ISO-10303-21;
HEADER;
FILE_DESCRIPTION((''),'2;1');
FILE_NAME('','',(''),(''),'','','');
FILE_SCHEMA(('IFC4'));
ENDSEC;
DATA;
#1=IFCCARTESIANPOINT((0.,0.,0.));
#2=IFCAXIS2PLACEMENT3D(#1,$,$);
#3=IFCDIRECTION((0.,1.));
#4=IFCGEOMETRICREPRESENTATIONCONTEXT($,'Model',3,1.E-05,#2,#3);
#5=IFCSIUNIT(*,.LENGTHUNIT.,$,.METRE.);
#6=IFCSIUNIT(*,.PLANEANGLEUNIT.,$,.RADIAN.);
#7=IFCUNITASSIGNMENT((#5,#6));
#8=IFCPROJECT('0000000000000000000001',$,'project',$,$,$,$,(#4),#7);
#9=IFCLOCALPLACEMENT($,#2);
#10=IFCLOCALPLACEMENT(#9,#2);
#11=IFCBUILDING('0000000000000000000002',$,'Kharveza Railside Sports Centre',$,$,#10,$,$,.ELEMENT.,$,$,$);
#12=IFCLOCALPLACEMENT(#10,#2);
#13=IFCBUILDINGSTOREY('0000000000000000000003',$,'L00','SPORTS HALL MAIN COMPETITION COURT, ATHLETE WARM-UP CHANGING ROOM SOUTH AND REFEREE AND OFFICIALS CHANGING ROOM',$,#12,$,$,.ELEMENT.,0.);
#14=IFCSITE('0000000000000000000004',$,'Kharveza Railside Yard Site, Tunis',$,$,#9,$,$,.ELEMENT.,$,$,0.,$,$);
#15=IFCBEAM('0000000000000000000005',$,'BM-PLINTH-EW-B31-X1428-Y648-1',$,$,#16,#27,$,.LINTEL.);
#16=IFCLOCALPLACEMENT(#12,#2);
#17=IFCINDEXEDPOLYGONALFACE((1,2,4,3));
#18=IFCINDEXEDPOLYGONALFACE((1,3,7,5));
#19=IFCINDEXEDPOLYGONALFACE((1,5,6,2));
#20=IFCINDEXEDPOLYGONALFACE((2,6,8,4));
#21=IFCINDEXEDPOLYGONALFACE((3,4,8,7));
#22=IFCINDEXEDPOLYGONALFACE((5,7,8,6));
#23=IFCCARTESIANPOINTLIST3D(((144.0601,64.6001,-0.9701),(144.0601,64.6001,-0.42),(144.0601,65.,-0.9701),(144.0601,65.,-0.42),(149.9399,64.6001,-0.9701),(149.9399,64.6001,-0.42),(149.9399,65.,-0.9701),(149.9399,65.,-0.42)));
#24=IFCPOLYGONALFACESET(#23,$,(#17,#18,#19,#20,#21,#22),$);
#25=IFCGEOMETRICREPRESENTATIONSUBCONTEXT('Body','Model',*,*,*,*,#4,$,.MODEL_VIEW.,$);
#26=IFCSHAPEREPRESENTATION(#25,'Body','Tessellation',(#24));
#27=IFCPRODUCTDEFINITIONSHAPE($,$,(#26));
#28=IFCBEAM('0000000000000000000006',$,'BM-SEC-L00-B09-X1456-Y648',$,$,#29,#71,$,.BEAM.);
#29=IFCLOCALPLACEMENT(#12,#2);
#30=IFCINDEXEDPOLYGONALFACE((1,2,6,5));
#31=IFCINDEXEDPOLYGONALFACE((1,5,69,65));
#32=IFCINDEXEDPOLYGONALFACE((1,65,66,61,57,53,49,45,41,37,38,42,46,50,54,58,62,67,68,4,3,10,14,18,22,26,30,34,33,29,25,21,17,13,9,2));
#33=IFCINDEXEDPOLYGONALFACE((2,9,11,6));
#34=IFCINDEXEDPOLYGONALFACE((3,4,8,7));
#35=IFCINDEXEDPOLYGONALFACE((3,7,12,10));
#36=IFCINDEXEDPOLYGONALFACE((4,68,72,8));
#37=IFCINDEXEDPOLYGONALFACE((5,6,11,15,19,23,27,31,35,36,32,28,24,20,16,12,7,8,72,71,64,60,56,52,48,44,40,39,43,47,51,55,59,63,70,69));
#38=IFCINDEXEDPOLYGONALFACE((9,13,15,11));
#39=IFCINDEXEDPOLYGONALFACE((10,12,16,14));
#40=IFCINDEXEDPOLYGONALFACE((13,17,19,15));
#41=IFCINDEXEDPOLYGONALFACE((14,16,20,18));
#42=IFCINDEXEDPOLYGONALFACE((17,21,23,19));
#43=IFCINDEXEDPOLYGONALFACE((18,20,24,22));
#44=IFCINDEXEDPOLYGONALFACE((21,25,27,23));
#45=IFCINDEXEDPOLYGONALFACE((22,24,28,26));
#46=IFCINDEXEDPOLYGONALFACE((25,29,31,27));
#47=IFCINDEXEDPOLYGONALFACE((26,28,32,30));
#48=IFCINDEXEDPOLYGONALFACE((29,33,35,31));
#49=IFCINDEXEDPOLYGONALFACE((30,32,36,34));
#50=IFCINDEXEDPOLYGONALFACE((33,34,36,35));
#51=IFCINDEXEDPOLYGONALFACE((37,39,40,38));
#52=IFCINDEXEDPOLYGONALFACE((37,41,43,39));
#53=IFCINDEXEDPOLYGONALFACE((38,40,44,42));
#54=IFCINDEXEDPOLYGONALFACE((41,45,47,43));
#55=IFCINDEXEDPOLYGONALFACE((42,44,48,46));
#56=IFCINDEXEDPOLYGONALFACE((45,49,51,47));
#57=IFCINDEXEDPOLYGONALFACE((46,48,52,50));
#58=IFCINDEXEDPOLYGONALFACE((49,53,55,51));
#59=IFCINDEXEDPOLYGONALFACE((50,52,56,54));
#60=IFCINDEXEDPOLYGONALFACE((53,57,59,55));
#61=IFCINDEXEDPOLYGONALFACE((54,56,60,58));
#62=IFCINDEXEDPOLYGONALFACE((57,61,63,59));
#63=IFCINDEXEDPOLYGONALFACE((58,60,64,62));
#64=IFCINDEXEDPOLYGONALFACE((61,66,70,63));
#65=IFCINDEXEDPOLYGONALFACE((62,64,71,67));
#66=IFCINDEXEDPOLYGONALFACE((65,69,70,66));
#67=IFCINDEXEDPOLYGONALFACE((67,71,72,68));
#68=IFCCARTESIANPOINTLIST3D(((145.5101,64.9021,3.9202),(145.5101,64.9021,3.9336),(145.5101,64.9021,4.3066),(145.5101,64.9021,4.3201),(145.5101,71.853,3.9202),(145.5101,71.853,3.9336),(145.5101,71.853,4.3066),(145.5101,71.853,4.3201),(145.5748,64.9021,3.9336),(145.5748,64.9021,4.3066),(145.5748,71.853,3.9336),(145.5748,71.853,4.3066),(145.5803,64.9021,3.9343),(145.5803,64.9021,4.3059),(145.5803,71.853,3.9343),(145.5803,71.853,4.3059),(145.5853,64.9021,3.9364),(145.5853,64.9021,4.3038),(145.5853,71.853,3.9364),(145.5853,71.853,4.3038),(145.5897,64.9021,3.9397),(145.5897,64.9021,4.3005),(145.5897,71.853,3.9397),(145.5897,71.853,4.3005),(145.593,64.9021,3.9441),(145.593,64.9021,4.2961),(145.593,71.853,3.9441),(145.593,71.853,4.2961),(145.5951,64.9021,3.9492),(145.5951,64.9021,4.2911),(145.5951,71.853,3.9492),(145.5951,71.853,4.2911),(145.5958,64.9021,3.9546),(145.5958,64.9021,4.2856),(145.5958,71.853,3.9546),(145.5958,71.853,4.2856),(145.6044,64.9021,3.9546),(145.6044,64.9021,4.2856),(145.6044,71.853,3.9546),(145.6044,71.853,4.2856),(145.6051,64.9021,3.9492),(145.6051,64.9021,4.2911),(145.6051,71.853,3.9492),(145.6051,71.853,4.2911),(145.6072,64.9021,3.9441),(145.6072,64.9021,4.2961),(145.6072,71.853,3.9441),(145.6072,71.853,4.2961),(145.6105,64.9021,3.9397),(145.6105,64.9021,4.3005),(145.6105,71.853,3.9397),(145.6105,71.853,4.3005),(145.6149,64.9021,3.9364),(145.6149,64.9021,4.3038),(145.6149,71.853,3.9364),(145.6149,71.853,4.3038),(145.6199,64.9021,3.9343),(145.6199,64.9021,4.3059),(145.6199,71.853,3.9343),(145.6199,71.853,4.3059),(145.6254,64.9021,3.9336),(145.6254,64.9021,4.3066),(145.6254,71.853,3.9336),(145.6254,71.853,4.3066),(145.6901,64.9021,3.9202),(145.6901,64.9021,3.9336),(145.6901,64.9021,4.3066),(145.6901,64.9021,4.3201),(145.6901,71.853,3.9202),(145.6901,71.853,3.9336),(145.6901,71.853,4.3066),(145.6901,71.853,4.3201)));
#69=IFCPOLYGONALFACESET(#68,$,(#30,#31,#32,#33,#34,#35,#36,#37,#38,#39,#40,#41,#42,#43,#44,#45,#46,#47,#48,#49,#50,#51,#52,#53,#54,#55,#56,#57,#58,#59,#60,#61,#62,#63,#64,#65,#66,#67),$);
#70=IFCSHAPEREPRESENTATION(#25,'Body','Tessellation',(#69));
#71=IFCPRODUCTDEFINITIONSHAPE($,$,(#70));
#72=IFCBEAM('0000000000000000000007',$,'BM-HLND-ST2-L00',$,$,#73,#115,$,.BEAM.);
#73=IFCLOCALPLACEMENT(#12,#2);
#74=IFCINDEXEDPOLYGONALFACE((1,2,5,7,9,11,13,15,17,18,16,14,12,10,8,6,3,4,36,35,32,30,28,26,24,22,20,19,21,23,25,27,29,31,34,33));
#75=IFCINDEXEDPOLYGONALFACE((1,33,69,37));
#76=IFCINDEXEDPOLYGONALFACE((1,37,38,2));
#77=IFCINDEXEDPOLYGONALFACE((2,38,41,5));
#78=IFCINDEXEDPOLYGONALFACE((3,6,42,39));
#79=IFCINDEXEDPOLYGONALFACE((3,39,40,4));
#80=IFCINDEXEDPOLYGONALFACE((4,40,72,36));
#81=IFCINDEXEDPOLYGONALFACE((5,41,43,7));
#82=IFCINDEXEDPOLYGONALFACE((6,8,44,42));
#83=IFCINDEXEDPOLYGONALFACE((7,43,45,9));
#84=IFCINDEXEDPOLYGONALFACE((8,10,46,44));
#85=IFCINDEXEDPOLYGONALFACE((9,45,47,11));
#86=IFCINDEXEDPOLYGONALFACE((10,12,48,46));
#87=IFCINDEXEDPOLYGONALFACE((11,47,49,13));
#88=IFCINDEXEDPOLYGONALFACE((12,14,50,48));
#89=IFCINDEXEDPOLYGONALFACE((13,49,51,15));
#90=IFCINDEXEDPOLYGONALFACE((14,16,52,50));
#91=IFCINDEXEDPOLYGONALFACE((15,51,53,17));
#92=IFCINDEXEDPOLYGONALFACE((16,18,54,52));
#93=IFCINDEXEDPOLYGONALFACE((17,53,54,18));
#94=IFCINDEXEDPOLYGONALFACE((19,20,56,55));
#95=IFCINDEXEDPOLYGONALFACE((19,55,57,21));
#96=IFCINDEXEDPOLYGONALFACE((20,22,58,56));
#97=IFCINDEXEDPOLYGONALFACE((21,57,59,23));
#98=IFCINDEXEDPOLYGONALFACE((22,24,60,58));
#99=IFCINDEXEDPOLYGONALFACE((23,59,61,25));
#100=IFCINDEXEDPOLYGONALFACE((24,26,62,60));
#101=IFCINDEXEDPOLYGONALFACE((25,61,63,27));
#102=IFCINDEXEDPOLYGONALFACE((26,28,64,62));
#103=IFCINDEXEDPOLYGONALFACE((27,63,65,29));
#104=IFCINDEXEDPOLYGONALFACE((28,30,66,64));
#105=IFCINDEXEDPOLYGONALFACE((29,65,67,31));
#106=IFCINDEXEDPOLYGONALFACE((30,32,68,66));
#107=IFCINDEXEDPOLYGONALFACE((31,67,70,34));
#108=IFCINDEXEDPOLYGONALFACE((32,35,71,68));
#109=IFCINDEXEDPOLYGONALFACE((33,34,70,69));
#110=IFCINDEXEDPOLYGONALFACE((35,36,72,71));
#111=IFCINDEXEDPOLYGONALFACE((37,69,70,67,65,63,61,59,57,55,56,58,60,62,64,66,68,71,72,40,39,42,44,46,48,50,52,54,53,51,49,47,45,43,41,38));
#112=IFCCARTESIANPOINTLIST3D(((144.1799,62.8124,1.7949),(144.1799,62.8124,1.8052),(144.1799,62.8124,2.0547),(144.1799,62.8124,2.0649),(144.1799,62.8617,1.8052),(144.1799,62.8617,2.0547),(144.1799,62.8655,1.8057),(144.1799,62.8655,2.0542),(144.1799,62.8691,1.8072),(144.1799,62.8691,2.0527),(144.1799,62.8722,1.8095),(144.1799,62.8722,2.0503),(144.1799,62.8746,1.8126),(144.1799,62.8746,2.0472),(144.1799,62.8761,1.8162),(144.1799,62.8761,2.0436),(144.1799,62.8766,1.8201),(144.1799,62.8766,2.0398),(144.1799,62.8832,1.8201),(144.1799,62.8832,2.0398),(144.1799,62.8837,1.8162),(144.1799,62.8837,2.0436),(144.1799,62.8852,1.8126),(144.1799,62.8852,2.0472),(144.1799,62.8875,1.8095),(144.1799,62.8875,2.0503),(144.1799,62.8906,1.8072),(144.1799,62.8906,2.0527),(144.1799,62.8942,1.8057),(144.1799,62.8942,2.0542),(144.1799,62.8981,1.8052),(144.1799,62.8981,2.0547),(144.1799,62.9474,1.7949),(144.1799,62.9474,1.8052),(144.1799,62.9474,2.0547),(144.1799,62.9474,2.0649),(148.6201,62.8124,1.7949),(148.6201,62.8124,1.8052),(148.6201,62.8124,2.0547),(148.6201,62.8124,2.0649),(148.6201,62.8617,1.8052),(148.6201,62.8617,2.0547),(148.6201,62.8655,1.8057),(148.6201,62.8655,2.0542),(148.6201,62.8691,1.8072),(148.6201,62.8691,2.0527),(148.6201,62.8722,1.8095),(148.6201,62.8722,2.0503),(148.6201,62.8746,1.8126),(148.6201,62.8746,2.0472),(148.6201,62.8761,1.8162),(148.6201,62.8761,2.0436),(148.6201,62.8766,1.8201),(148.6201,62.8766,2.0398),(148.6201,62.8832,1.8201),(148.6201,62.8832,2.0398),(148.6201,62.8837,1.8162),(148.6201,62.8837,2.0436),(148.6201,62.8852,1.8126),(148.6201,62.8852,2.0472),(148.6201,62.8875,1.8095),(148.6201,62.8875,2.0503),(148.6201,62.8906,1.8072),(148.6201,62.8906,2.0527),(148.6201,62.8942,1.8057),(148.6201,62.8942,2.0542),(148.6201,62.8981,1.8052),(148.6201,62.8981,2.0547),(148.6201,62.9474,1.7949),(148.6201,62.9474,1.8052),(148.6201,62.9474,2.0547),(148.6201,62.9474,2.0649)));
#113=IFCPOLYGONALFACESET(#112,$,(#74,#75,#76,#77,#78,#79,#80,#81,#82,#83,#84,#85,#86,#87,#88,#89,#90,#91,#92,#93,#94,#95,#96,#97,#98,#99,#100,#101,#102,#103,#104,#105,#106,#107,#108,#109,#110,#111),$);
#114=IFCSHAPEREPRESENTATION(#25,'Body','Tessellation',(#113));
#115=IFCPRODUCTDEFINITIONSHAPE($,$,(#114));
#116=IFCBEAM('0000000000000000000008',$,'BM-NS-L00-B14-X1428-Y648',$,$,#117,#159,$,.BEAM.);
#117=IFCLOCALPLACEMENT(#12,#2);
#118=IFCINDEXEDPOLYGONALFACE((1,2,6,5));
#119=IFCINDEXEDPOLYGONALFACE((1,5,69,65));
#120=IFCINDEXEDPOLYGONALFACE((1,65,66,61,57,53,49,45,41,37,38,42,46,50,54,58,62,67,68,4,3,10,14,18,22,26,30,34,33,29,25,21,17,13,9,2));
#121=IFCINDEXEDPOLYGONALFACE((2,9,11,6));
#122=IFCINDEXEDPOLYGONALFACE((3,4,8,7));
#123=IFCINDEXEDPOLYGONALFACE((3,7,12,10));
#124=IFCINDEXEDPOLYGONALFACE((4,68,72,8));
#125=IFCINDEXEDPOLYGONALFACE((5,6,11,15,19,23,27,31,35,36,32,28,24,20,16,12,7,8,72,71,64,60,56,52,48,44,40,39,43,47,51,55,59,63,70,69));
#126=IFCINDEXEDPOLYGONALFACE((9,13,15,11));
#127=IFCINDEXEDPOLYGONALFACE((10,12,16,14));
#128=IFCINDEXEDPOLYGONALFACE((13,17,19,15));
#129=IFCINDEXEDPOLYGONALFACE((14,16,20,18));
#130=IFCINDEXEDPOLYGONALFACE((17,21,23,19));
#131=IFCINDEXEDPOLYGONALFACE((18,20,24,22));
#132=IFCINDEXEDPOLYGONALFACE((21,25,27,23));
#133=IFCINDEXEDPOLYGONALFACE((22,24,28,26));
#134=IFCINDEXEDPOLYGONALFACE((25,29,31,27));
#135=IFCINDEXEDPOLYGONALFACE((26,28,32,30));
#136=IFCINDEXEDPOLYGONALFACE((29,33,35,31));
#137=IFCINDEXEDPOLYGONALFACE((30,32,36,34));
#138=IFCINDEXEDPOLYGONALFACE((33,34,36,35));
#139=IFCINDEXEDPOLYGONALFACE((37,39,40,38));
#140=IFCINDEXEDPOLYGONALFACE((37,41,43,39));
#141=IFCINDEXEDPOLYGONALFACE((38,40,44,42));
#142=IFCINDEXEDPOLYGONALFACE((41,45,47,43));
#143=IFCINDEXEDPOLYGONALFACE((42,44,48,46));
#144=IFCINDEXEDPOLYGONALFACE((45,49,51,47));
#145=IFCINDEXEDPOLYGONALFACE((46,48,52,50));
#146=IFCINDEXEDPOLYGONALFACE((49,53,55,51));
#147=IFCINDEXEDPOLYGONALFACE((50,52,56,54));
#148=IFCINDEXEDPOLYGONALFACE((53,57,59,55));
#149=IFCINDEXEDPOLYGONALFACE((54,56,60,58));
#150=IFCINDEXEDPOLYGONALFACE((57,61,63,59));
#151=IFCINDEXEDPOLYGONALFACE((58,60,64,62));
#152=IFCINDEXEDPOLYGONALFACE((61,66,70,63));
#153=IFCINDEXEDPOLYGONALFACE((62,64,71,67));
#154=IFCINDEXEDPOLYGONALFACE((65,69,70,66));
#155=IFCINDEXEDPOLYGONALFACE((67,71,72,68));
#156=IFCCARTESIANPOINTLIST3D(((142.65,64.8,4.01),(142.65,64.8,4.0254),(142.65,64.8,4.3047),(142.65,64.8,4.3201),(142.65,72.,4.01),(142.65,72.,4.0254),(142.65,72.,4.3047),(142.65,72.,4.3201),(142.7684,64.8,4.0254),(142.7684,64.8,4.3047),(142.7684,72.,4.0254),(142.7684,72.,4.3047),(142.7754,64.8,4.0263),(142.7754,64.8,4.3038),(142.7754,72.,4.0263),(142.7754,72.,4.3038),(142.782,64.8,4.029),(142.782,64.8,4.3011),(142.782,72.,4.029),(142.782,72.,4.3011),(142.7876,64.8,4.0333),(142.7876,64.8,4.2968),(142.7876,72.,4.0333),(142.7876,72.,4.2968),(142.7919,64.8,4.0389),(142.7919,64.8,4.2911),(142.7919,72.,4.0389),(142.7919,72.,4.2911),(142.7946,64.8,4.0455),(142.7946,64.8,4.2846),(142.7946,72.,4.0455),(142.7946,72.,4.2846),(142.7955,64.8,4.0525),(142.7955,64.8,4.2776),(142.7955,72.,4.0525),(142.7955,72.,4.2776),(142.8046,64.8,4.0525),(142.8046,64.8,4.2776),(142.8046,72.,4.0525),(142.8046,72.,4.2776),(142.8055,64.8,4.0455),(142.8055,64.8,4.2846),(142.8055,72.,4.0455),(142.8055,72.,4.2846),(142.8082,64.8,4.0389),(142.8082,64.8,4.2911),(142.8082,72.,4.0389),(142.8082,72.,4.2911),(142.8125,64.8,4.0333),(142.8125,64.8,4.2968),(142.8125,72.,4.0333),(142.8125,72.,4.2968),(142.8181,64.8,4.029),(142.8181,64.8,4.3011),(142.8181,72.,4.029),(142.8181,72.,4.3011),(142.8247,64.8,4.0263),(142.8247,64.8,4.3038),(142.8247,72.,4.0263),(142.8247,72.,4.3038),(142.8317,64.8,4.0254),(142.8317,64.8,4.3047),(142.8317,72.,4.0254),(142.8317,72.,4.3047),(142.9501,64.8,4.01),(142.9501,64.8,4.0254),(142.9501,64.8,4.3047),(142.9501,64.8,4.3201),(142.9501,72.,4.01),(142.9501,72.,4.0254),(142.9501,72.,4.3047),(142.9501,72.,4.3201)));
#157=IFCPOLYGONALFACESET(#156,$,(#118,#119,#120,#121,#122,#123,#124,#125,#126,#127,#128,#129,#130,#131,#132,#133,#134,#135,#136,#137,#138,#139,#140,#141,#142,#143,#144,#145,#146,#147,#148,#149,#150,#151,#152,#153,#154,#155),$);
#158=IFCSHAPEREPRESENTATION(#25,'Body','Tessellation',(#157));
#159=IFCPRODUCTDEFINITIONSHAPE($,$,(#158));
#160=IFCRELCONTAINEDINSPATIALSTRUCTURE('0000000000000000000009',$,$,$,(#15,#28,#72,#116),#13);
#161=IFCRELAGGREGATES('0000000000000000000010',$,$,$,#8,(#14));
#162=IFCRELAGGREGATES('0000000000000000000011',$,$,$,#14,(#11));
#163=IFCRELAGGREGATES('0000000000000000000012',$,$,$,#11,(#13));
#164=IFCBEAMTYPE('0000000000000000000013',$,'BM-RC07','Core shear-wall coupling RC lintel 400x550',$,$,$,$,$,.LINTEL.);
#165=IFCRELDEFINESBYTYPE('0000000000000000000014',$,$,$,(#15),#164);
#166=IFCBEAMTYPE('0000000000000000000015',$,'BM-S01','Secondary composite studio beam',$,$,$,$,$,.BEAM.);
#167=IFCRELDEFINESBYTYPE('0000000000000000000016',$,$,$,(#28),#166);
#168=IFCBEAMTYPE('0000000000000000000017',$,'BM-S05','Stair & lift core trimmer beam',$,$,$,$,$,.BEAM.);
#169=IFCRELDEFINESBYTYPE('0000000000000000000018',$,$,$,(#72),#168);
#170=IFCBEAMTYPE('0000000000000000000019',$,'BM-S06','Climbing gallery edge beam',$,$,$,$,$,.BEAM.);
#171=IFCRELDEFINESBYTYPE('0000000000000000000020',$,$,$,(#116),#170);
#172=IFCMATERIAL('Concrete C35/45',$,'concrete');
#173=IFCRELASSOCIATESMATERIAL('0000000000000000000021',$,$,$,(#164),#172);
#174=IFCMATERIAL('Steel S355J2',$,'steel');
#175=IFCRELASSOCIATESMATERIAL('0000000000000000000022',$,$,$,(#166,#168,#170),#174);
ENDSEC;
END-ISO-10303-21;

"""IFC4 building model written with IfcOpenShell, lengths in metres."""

from ifc_helpers import new_model, si_unit, direction, frame, origin, origin_2d, place, context, subcontext, project, spatial, rectangle, i_section, extrude, material, material_profile, profile_set, type_object, element, save


model = new_model("IFC4")

# Units and contexts
model_context = context("Model", 3, precision=1e-05, world=origin(), true_north=direction((0.0, 1.0)))
body_context = subcontext(model_context, "Body", "Model", "MODEL_VIEW")
ifc_project = project(units=[si_unit("LENGTHUNIT", "METRE"), si_unit("PLANEANGLEUNIT", "RADIAN")], contexts=[model_context])

# Site, building, storey
site_placement = place(None, origin())
site = spatial("IfcSite", under=ifc_project, at=site_placement, Name="Kharveza Railside Yard Site, Tunis", CompositionType="ELEMENT", RefElevation=0.0)
building_placement = place(site_placement, origin())
building = spatial("IfcBuilding", under=site, at=building_placement, Name="Kharveza Railside Sports Centre", CompositionType="ELEMENT")
storey_placement = place(building_placement, origin())
storey = spatial("IfcBuildingStorey", under=building, at=storey_placement, Name="L00", Description="SPORTS HALL MAIN COMPETITION COURT, ATHLETE WARM-UP CHANGING ROOM SOUTH AND REFEREE AND OFFICIALS CHANGING ROOM", CompositionType="ELEMENT", Elevation=0.0)

# Shared definitions
ifc_material_1 = material(Name="Concrete C35/45", Category="concrete")

# Shared definitions
ifc_material_2 = material(Name="Steel S355J2", Category="steel")

# Beams
ifc_material_profile_1 = material_profile(ifc_material_1, rectangle(XDim=0.3999, YDim=0.55, at=origin_2d()), Name="RCB 400x550")
ifc_profile_set_1 = profile_set([ifc_material_profile_1], Name="Concrete C35/45")
beam_type_1 = type_object("IfcBeamType", Name="BM-RC07", Description="Core shear-wall coupling RC lintel 400x550", PredefinedType="LINTEL", material=ifc_profile_set_1)
beam_1_placement = place(storey_placement, frame((144.0601, 64.8, -0.6951), z_axis=(1.0, 0.0, 0.0), x_axis=(0.0, 1.0, 0.0)))
element("IfcBeam", 1, at=beam_1_placement, inside=storey, type_object=beam_type_1, Name="BM-PLINTH-EW-B31-X1428-Y648-1", PredefinedType="LINTEL", context=body_context, shape_type="SweptSolid", body=[
    extrude(rectangle(XDim=0.3999, YDim=0.55, at=origin_2d()), origin(), (0.0, 0.0, 1.0), 5.8799),
])
ifc_material_profile_2 = material_profile(ifc_material_2, i_section(OverallWidth=0.1799, OverallDepth=0.3999, WebThickness=0.0085, FlangeThickness=0.0134, FilletRadius=0.021, at=origin_2d()), Name="IPE 400")
ifc_profile_set_2 = profile_set([ifc_material_profile_2], Name="Steel S355J2")
beam_type_2 = type_object("IfcBeamType", Name="BM-S01", Description="Secondary composite studio beam", PredefinedType="BEAM", material=ifc_profile_set_2)
beam_2_placement = place(storey_placement, frame((145.6001, 64.9021, 4.1201), z_axis=(0.0, 1.0, 0.0), x_axis=(-1.0, 0.0, 0.0)))
element("IfcBeam", 2, at=beam_2_placement, inside=storey, type_object=beam_type_2, Name="BM-SEC-L00-B09-X1456-Y648", PredefinedType="BEAM", context=body_context, shape_type="SweptSolid", body=[
    extrude(i_section(OverallWidth=0.1799, OverallDepth=0.3999, WebThickness=0.0085, FlangeThickness=0.0134, FilletRadius=0.021, at=origin_2d()), origin(), (0.0, 0.0, 1.0), 6.9509),
])
ifc_material_profile_3 = material_profile(ifc_material_2, i_section(OverallWidth=0.135, OverallDepth=0.27, WebThickness=0.0066, FlangeThickness=0.0103, FilletRadius=0.0149, at=origin_2d()), Name="IPE 270")
ifc_profile_set_3 = profile_set([ifc_material_profile_3], Name="Steel S355J2")
beam_type_3 = type_object("IfcBeamType", Name="BM-S05", Description="Stair & lift core trimmer beam", PredefinedType="BEAM", material=ifc_profile_set_3)
beam_3_placement = place(storey_placement, frame((144.1799, 62.8799, 1.9299), z_axis=(1.0, 0.0, 0.0), x_axis=(0.0, 1.0, 0.0)))
element("IfcBeam", 3, at=beam_3_placement, inside=storey, type_object=beam_type_3, Name="BM-HLND-ST2-L00", PredefinedType="BEAM", context=body_context, shape_type="SweptSolid", body=[
    extrude(i_section(OverallWidth=0.135, OverallDepth=0.27, WebThickness=0.0066, FlangeThickness=0.0103, FilletRadius=0.0149, at=origin_2d()), origin(), (0.0, 0.0, 1.0), 4.4402),
])
ifc_material_profile_4 = material_profile(ifc_material_2, i_section(OverallWidth=0.3, OverallDepth=0.3101, WebThickness=0.009, FlangeThickness=0.0154, FilletRadius=0.0271, at=origin_2d()), Name="HEA 320")
ifc_profile_set_4 = profile_set([ifc_material_profile_4], Name="Steel S355J2")
beam_type_4 = type_object("IfcBeamType", Name="BM-S06", Description="Climbing gallery edge beam", PredefinedType="BEAM", material=ifc_profile_set_4)
beam_4_placement = place(storey_placement, frame((142.8, 64.8, 4.165), z_axis=(0.0, 1.0, 0.0), x_axis=(-1.0, 0.0, 0.0)))
element("IfcBeam", 4, at=beam_4_placement, inside=storey, type_object=beam_type_4, Name="BM-NS-L00-B14-X1428-Y648", PredefinedType="BEAM", context=body_context, shape_type="SweptSolid", body=[
    extrude(i_section(OverallWidth=0.3, OverallDepth=0.3101, WebThickness=0.009, FlangeThickness=0.0154, FilletRadius=0.0271, at=origin_2d()), origin(), (0.0, 0.0, 1.0), 7.2),
])

save(model, "model.ifc")
